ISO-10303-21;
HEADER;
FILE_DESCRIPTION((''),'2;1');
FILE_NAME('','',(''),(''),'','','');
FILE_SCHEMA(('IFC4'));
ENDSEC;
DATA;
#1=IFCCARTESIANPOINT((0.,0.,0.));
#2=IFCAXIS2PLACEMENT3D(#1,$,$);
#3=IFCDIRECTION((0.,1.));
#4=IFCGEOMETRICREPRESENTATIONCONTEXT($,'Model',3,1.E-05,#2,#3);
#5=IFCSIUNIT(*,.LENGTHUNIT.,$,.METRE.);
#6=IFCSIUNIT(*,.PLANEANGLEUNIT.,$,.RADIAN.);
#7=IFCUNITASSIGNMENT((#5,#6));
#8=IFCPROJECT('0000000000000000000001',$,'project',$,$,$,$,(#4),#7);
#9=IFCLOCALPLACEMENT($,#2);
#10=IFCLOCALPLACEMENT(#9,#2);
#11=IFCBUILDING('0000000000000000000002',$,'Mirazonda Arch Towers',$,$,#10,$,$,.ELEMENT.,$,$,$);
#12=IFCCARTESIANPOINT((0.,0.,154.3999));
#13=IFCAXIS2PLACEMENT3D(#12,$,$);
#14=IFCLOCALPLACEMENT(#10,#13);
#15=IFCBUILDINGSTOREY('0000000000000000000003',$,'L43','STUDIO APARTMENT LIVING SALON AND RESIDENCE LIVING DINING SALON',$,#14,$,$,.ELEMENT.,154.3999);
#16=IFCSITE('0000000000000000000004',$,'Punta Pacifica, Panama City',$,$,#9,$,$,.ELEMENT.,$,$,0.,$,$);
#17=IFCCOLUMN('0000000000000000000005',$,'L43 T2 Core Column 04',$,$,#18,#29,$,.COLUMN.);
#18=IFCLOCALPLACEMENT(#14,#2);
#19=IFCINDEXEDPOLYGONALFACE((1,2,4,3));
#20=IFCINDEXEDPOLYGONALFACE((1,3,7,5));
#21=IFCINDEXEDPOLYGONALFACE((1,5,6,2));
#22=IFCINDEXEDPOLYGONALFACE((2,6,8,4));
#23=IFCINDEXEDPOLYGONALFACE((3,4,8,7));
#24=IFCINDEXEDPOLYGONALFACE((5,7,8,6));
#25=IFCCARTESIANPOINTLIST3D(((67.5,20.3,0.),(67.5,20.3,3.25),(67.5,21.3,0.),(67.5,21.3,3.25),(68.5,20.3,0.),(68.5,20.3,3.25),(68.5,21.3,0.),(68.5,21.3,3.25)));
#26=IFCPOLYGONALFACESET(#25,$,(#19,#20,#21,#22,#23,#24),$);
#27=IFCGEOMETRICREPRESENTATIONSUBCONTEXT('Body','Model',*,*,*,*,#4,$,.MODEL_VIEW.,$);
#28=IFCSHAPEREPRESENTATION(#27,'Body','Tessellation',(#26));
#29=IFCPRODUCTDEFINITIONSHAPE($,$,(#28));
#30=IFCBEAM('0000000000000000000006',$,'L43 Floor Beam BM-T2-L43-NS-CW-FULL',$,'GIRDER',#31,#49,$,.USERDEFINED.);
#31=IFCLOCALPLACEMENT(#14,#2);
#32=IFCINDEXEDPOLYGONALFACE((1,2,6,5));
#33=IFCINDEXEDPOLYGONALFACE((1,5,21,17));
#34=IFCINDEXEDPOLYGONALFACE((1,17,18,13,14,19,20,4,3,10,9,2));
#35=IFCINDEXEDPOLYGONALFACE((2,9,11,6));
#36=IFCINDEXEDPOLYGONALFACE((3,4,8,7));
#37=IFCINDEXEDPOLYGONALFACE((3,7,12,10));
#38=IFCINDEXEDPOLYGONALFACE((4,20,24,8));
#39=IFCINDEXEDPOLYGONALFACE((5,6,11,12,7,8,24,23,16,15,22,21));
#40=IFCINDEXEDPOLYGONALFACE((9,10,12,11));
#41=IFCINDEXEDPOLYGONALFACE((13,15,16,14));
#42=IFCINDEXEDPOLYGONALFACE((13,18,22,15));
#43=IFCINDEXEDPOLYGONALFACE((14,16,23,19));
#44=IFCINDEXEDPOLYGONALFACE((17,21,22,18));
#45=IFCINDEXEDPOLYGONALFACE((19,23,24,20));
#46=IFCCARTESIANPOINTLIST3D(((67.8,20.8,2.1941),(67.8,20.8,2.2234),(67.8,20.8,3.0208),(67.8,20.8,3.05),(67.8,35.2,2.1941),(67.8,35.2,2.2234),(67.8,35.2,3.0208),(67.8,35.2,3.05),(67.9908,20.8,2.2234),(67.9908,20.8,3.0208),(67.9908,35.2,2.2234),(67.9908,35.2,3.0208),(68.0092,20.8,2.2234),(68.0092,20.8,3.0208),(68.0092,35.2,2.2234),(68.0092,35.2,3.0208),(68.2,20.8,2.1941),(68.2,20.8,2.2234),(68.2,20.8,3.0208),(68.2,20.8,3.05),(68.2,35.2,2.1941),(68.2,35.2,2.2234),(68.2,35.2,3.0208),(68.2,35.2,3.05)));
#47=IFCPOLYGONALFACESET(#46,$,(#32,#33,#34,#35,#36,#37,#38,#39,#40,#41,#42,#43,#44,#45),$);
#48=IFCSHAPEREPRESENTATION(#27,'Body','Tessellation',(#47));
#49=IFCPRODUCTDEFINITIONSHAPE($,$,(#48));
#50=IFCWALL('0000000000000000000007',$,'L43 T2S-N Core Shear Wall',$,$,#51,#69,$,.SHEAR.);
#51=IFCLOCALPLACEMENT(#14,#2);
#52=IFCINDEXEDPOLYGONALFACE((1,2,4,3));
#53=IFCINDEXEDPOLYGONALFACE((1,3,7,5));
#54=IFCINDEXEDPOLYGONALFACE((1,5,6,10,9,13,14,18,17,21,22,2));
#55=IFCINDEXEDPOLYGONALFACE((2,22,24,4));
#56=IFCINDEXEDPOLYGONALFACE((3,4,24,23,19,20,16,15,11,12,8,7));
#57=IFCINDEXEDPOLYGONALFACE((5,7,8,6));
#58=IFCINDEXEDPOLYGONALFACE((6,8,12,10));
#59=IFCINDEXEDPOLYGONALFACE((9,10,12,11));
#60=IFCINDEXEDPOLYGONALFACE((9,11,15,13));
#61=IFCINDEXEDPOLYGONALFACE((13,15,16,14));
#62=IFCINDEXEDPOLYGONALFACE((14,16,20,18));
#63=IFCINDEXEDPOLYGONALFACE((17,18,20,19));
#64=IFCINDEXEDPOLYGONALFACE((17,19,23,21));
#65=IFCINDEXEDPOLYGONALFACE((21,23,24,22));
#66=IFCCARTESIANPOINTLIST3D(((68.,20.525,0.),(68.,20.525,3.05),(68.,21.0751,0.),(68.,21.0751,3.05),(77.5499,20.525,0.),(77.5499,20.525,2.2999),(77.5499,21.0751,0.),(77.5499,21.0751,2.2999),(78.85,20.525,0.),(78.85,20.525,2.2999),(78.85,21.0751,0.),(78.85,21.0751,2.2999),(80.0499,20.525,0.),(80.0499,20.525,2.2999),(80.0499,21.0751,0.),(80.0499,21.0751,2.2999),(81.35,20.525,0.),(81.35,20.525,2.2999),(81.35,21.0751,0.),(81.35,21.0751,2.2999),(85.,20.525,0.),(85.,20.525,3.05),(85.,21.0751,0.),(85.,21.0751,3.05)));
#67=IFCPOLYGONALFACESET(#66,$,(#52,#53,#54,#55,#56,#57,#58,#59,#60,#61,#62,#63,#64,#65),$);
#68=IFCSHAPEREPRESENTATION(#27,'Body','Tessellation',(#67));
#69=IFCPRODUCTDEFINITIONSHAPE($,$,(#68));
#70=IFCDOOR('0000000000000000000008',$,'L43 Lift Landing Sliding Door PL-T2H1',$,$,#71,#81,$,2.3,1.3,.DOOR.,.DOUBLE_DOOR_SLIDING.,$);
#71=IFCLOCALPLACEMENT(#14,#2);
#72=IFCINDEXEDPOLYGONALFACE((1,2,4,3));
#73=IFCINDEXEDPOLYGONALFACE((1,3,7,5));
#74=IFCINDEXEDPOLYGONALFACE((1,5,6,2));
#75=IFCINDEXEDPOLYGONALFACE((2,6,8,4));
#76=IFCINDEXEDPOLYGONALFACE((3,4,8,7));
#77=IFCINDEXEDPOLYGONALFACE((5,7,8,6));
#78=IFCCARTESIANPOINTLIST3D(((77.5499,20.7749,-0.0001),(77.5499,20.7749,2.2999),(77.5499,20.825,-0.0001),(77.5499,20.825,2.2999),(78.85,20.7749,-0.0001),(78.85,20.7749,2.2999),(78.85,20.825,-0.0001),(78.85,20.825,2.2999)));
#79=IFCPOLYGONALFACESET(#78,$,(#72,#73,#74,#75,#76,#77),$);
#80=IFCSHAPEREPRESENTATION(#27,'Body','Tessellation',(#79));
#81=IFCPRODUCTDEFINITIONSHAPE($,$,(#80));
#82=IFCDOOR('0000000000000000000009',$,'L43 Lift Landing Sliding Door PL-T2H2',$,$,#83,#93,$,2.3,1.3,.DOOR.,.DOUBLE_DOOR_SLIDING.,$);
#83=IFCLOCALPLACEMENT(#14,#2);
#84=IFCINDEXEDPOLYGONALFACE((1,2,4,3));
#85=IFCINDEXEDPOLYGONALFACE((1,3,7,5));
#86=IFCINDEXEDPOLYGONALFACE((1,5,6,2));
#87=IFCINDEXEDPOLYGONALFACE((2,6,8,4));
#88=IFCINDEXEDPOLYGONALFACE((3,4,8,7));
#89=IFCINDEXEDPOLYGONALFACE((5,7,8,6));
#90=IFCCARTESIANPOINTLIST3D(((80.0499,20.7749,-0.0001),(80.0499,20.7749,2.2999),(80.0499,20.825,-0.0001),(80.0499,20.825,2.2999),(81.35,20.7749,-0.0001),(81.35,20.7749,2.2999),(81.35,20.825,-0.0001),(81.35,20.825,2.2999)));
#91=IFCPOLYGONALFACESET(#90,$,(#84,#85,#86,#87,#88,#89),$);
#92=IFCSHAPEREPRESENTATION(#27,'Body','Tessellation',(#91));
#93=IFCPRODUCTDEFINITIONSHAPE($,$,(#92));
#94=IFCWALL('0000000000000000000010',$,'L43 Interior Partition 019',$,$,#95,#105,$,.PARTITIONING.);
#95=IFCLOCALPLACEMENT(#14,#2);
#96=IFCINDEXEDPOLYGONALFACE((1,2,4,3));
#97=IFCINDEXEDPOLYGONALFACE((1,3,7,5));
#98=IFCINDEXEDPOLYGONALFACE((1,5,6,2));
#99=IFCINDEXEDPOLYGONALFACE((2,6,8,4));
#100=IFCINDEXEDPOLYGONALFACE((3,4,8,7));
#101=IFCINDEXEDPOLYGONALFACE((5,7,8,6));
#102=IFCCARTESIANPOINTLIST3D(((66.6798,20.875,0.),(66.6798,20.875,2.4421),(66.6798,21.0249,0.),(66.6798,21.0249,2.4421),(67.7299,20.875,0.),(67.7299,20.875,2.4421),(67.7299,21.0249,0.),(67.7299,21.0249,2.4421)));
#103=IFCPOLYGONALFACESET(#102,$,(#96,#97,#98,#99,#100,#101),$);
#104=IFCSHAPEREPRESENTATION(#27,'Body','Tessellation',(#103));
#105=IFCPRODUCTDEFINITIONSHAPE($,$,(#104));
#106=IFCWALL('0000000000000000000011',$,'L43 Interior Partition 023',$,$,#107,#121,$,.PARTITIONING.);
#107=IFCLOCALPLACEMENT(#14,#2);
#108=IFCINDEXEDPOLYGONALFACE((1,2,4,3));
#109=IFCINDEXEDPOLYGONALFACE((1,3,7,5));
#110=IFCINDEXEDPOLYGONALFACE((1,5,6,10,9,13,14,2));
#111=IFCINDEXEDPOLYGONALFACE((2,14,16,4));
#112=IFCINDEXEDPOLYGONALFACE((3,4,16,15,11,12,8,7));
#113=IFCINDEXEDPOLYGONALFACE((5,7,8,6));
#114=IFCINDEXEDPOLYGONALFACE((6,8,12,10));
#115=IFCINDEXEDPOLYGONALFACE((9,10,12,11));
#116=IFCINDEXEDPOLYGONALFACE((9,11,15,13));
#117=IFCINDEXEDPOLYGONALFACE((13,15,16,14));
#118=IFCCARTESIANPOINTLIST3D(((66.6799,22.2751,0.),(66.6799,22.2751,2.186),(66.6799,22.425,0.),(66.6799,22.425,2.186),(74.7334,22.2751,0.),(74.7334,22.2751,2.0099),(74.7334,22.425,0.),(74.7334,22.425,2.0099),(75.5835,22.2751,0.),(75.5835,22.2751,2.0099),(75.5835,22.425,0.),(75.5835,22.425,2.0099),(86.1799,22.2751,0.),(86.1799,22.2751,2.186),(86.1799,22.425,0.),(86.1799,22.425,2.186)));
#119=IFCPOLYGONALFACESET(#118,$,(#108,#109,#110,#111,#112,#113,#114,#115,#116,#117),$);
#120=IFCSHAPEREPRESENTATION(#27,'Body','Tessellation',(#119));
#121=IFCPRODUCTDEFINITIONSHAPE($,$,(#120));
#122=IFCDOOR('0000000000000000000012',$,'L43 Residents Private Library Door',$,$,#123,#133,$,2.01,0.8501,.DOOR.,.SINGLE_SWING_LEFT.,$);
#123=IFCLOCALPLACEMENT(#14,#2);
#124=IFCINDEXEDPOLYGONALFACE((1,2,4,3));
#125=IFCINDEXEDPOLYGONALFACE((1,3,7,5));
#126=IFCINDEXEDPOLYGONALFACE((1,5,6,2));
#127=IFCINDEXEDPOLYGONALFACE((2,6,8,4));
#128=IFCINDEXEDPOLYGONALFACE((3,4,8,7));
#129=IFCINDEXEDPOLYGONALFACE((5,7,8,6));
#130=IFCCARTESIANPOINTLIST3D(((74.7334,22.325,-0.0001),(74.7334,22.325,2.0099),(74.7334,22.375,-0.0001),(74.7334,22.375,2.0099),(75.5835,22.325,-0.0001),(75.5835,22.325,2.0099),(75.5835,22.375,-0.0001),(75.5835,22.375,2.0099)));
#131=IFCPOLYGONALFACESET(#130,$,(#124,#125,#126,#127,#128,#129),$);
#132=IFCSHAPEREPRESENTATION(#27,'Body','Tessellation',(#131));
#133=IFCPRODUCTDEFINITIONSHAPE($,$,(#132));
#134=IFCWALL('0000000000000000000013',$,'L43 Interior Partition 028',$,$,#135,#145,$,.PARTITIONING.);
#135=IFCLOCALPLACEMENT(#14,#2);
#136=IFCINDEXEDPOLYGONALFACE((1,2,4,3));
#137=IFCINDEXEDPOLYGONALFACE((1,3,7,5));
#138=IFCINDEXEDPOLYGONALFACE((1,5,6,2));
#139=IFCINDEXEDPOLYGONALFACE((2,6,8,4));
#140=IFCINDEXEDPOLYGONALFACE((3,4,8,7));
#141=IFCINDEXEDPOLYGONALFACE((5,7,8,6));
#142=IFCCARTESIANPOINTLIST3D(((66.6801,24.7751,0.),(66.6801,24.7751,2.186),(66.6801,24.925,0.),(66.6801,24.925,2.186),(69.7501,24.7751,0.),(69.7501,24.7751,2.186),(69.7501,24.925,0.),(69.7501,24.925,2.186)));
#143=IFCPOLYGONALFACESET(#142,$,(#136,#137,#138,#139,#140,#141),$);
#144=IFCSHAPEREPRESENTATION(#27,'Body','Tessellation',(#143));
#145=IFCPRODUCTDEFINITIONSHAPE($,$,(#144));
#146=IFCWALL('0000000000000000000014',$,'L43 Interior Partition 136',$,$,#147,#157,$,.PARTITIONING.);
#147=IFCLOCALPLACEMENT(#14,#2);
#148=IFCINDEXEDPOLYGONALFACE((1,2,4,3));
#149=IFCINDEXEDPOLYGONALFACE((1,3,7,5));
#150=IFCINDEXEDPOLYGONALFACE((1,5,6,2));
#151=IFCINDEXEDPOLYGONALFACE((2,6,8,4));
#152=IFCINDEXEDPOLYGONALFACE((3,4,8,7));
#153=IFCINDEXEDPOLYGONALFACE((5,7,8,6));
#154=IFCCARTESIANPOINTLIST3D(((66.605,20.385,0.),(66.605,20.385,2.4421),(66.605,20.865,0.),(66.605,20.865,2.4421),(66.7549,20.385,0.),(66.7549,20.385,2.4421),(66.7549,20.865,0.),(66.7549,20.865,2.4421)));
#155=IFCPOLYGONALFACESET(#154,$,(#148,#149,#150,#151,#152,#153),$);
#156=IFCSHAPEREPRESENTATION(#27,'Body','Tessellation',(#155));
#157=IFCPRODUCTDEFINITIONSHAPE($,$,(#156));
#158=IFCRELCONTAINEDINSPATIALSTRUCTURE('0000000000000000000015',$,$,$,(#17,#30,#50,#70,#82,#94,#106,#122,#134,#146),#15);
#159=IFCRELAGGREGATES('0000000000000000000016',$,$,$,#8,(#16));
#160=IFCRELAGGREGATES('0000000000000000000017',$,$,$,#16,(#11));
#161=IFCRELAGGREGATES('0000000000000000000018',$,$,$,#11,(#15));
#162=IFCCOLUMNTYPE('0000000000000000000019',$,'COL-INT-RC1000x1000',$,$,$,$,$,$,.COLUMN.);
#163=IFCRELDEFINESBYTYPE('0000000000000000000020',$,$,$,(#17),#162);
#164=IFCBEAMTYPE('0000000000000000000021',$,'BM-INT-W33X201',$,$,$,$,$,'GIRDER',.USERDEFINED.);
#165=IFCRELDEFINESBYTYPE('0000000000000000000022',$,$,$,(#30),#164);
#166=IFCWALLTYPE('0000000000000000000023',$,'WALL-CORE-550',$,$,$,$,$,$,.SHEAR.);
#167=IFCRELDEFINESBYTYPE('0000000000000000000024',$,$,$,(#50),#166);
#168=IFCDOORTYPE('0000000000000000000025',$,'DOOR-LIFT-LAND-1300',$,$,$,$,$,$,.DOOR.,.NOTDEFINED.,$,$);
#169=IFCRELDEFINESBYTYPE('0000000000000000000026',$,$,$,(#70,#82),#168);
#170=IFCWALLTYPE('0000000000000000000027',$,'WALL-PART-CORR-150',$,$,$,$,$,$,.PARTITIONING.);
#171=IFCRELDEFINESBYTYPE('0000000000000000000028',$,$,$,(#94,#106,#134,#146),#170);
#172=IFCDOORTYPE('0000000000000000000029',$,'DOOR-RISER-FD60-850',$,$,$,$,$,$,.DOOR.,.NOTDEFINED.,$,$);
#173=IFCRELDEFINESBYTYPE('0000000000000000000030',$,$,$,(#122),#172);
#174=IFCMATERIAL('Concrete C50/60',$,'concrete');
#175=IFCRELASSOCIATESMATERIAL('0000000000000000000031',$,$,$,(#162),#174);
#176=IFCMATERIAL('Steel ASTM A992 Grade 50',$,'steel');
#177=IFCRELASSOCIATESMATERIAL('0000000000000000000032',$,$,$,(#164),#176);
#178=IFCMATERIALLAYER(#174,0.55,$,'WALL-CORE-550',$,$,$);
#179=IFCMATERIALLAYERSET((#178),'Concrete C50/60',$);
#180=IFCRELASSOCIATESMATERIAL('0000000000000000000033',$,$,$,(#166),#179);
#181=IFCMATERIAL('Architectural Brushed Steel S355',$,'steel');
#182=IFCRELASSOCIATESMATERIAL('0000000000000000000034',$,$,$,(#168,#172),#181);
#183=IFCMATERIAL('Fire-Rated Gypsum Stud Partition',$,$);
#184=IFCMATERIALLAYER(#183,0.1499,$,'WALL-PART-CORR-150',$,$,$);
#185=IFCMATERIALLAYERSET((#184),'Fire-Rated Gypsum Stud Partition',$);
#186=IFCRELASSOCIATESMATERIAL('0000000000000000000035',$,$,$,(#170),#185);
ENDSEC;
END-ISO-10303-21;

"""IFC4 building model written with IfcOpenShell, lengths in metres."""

from ifc_helpers import new_model, si_unit, direction, frame, frame_2d, origin, origin_2d, place, context, subcontext, project, spatial, rectangle, i_section, extrude, material, layer, layer_set, material_profile, profile_set, type_object, element, fill, save


model = new_model("IFC4")

# Units and contexts
model_context = context("Model", 3, precision=1e-05, world=origin(), true_north=direction((0.0, 1.0)))
body_context = subcontext(model_context, "Body", "Model", "MODEL_VIEW")
ifc_project = project(units=[si_unit("LENGTHUNIT", "METRE"), si_unit("PLANEANGLEUNIT", "RADIAN")], contexts=[model_context])

# Site, building, storey
site_placement = place(None, origin())
site = spatial("IfcSite", under=ifc_project, at=site_placement, Name="Punta Pacifica, Panama City", CompositionType="ELEMENT", RefElevation=0.0)
building_placement = place(site_placement, origin())
building = spatial("IfcBuilding", under=site, at=building_placement, Name="Mirazonda Arch Towers", CompositionType="ELEMENT")
storey_placement = place(building_placement, frame((0.0, 0.0, 154.3999)))
storey = spatial("IfcBuildingStorey", under=building, at=storey_placement, Name="L43", Description="STUDIO APARTMENT LIVING SALON AND RESIDENCE LIVING DINING SALON", CompositionType="ELEMENT", Elevation=154.3999)

# Column
ifc_material_1 = material(Name="Concrete C50/60", Category="concrete")
ifc_material_profile_1 = material_profile(ifc_material_1, rectangle(XDim=1.0, YDim=1.0, at=origin_2d()), Name="RC1000x1000")
ifc_profile_set_1 = profile_set([ifc_material_profile_1], Name="Concrete C50/60")
column_type = type_object("IfcColumnType", Name="COL-INT-RC1000x1000", PredefinedType="COLUMN", material=ifc_profile_set_1)
column_placement = place(storey_placement, frame((68.0, 20.8, 0.0), z_axis=(0.0, 0.0, 1.0), x_axis=(1.0, 0.0, 0.0)))
element("IfcColumn", 1, at=column_placement, inside=storey, type_object=column_type, Name="L43 T2 Core Column 04", PredefinedType="COLUMN", context=body_context, shape_type="SweptSolid", body=[
    extrude(rectangle(XDim=1.0, YDim=1.0, at=origin_2d()), origin(), (0.0, 0.0, 1.0), 3.25),
])

# Beam
ifc_material_2 = material(Name="Steel ASTM A992 Grade 50", Category="steel")
ifc_material_profile_2 = material_profile(ifc_material_2, i_section(OverallWidth=0.3999, OverallDepth=0.856, WebThickness=0.0183, FlangeThickness=0.0293, at=origin_2d()), Name="W33X201")
ifc_profile_set_2 = profile_set([ifc_material_profile_2], Name="Steel ASTM A992 Grade 50")
beam_type = type_object("IfcBeamType", Name="BM-INT-W33X201", ElementType="GIRDER", PredefinedType="USERDEFINED", material=ifc_profile_set_2)
beam_placement = place(storey_placement, frame((68.0, 20.8, 2.6221), z_axis=(0.0, 1.0, 0.0), x_axis=(-1.0, 0.0, 0.0)))
element("IfcBeam", 2, at=beam_placement, inside=storey, type_object=beam_type, Name="L43 Floor Beam BM-T2-L43-NS-CW-FULL", ObjectType="GIRDER", PredefinedType="USERDEFINED", context=body_context, shape_type="SweptSolid", body=[
    extrude(i_section(OverallWidth=0.3999, OverallDepth=0.856, WebThickness=0.0183, FlangeThickness=0.0293, at=origin_2d()), origin(), (0.0, 0.0, 1.0), 14.3999),
])

# Wall, openings, doors
ifc_layer_1 = layer(ifc_material_1, 0.55, Name="WALL-CORE-550")
ifc_layer_set_1 = layer_set([ifc_layer_1], Name="Concrete C50/60")
wall_type_1 = type_object("IfcWallType", Name="WALL-CORE-550", PredefinedType="SHEAR", material=ifc_layer_set_1)
wall_1_placement = place(storey_placement, frame((68.0, 20.8, 0.0), z_axis=(0.0, 0.0, 1.0), x_axis=(1.0, 0.0, 0.0)))
wall_1 = element("IfcWall", 3, at=wall_1_placement, inside=storey, type_object=wall_type_1, Name="L43 T2S-N Core Shear Wall", PredefinedType="SHEAR", context=body_context, shape_type="SweptSolid", body=[
    extrude(rectangle(XDim=17.0, YDim=0.55, at=frame_2d((8.5, 0.0))), origin(), (0.0, 0.0, 1.0), 3.05),
])
opening_1_placement = place(wall_1_placement, frame((9.55, 0.0, 0.0)))
opening_1 = element("IfcOpeningElement", 4, at=opening_1_placement, cuts=wall_1, PredefinedType="OPENING", context=body_context, shape_type="SweptSolid", body=[
    extrude(rectangle(XDim=1.3, YDim=2.3, at=frame_2d((0.6499, 1.1499))), frame((0.0, 0.2849, 0.0), z_axis=(0.0, -1.0, 0.0), x_axis=(1.0, 0.0, 0.0)), (0.0, 0.0, 1.0), 0.5701),
])
opening_2_placement = place(wall_1_placement, frame((12.05, 0.0, 0.0)))
opening_2 = element("IfcOpeningElement", 5, at=opening_2_placement, cuts=wall_1, PredefinedType="OPENING", context=body_context, shape_type="SweptSolid", body=[
    extrude(rectangle(XDim=1.3, YDim=2.3, at=frame_2d((0.6499, 1.1499))), frame((0.0, 0.2849, 0.0), z_axis=(0.0, -1.0, 0.0), x_axis=(1.0, 0.0, 0.0)), (0.0, 0.0, 1.0), 0.5701),
])
ifc_material_3 = material(Name="Architectural Brushed Steel S355", Category="steel")
door_type_1 = type_object("IfcDoorType", Name="DOOR-LIFT-LAND-1300", OperationType="NOTDEFINED", PredefinedType="DOOR", material=ifc_material_3)
door_1_placement = place(opening_1_placement, origin())
door_1 = element("IfcDoor", 6, at=door_1_placement, inside=storey, type_object=door_type_1, Name="L43 Lift Landing Sliding Door PL-T2H1", OperationType="DOUBLE_DOOR_SLIDING", OverallHeight=2.3, OverallWidth=1.3, PredefinedType="DOOR", context=body_context, shape_type="SweptSolid", body=[
    extrude(rectangle(XDim=1.3, YDim=2.3, at=frame_2d((0.6499, 1.1499))), frame((0.0, 0.0249, 0.0), z_axis=(0.0, -1.0, 0.0), x_axis=(1.0, 0.0, 0.0)), (0.0, 0.0, 1.0), 0.05),
])
fill(opening_1, door_1)
door_2_placement = place(opening_2_placement, origin())
door_2 = element("IfcDoor", 7, at=door_2_placement, inside=storey, type_object=door_type_1, Name="L43 Lift Landing Sliding Door PL-T2H2", OperationType="DOUBLE_DOOR_SLIDING", OverallHeight=2.3, OverallWidth=1.3, PredefinedType="DOOR", context=body_context, shape_type="SweptSolid", body=[
    extrude(rectangle(XDim=1.3, YDim=2.3, at=frame_2d((0.6499, 1.1499))), frame((0.0, 0.0249, 0.0), z_axis=(0.0, -1.0, 0.0), x_axis=(1.0, 0.0, 0.0)), (0.0, 0.0, 1.0), 0.05),
])
fill(opening_2, door_2)

# Wall
ifc_material_4 = material(Name="Fire-Rated Gypsum Stud Partition")
ifc_layer_2 = layer(ifc_material_4, 0.1499, Name="WALL-PART-CORR-150")
ifc_layer_set_2 = layer_set([ifc_layer_2], Name="Fire-Rated Gypsum Stud Partition")
wall_type_2 = type_object("IfcWallType", Name="WALL-PART-CORR-150", PredefinedType="PARTITIONING", material=ifc_layer_set_2)
wall_2_placement = place(storey_placement, frame((66.6799, 20.95, 0.0), z_axis=(0.0, 0.0, 1.0), x_axis=(1.0, 0.0, 0.0)))
element("IfcWall", 8, at=wall_2_placement, inside=storey, type_object=wall_type_2, Name="L43 Interior Partition 019", PredefinedType="PARTITIONING", context=body_context, shape_type="SweptSolid", body=[
    extrude(rectangle(XDim=1.05, YDim=0.1499, at=frame_2d((0.5249, 0.0))), origin(), (0.0, 0.0, 1.0), 2.4421),
])

# Wall, opening, door
wall_3_placement = place(storey_placement, frame((66.6799, 22.3501, 0.0), z_axis=(0.0, 0.0, 1.0), x_axis=(1.0, 0.0, 0.0)))
wall_3 = element("IfcWall", 9, at=wall_3_placement, inside=storey, type_object=wall_type_2, Name="L43 Interior Partition 023", PredefinedType="PARTITIONING", context=body_context, shape_type="SweptSolid", body=[
    extrude(rectangle(XDim=19.5, YDim=0.1499, at=frame_2d((9.75, 0.0))), origin(), (0.0, 0.0, 1.0), 2.186),
])
opening_3_placement = place(wall_3_placement, frame((8.0535, 0.0, 0.0)))
opening_3 = element("IfcOpeningElement", 10, at=opening_3_placement, cuts=wall_3, PredefinedType="OPENING", context=body_context, shape_type="SweptSolid", body=[
    extrude(rectangle(XDim=0.8501, YDim=2.01, at=frame_2d((0.425, 1.0049))), frame((0.0, 0.085, 0.0), z_axis=(0.0, -1.0, 0.0), x_axis=(1.0, 0.0, 0.0)), (0.0, 0.0, 1.0), 0.1699),
])
door_type_2 = type_object("IfcDoorType", Name="DOOR-RISER-FD60-850", OperationType="NOTDEFINED", PredefinedType="DOOR", material=ifc_material_3)
door_3_placement = place(opening_3_placement, origin())
door_3 = element("IfcDoor", 11, at=door_3_placement, inside=storey, type_object=door_type_2, Name="L43 Residents Private Library Door", OperationType="SINGLE_SWING_LEFT", OverallHeight=2.01, OverallWidth=0.8501, PredefinedType="DOOR", context=body_context, shape_type="SweptSolid", body=[
    extrude(rectangle(XDim=0.8501, YDim=2.01, at=frame_2d((0.425, 1.0049))), frame((0.0, 0.0249, 0.0), z_axis=(0.0, -1.0, 0.0), x_axis=(1.0, 0.0, 0.0)), (0.0, 0.0, 1.0), 0.05),
])
fill(opening_3, door_3)

# Walls
wall_4_placement = place(storey_placement, frame((66.6799, 24.8501, 0.0), z_axis=(0.0, 0.0, 1.0), x_axis=(1.0, 0.0, 0.0)))
element("IfcWall", 12, at=wall_4_placement, inside=storey, type_object=wall_type_2, Name="L43 Interior Partition 028", PredefinedType="PARTITIONING", context=body_context, shape_type="SweptSolid", body=[
    extrude(rectangle(XDim=3.0701, YDim=0.1499, at=frame_2d((1.5352, 0.0))), origin(), (0.0, 0.0, 1.0), 2.186),
])
wall_5_placement = place(storey_placement, frame((66.6799, 20.385, 0.0), z_axis=(0.0, 0.0, 1.0), x_axis=(0.0, 1.0, 0.0)))
element("IfcWall", 13, at=wall_5_placement, inside=storey, type_object=wall_type_2, Name="L43 Interior Partition 136", PredefinedType="PARTITIONING", context=body_context, shape_type="SweptSolid", body=[
    extrude(rectangle(XDim=0.48, YDim=0.1499, at=frame_2d((0.24, 0.0))), origin(), (0.0, 0.0, 1.0), 2.4421),
])

save(model, "model.ifc")
